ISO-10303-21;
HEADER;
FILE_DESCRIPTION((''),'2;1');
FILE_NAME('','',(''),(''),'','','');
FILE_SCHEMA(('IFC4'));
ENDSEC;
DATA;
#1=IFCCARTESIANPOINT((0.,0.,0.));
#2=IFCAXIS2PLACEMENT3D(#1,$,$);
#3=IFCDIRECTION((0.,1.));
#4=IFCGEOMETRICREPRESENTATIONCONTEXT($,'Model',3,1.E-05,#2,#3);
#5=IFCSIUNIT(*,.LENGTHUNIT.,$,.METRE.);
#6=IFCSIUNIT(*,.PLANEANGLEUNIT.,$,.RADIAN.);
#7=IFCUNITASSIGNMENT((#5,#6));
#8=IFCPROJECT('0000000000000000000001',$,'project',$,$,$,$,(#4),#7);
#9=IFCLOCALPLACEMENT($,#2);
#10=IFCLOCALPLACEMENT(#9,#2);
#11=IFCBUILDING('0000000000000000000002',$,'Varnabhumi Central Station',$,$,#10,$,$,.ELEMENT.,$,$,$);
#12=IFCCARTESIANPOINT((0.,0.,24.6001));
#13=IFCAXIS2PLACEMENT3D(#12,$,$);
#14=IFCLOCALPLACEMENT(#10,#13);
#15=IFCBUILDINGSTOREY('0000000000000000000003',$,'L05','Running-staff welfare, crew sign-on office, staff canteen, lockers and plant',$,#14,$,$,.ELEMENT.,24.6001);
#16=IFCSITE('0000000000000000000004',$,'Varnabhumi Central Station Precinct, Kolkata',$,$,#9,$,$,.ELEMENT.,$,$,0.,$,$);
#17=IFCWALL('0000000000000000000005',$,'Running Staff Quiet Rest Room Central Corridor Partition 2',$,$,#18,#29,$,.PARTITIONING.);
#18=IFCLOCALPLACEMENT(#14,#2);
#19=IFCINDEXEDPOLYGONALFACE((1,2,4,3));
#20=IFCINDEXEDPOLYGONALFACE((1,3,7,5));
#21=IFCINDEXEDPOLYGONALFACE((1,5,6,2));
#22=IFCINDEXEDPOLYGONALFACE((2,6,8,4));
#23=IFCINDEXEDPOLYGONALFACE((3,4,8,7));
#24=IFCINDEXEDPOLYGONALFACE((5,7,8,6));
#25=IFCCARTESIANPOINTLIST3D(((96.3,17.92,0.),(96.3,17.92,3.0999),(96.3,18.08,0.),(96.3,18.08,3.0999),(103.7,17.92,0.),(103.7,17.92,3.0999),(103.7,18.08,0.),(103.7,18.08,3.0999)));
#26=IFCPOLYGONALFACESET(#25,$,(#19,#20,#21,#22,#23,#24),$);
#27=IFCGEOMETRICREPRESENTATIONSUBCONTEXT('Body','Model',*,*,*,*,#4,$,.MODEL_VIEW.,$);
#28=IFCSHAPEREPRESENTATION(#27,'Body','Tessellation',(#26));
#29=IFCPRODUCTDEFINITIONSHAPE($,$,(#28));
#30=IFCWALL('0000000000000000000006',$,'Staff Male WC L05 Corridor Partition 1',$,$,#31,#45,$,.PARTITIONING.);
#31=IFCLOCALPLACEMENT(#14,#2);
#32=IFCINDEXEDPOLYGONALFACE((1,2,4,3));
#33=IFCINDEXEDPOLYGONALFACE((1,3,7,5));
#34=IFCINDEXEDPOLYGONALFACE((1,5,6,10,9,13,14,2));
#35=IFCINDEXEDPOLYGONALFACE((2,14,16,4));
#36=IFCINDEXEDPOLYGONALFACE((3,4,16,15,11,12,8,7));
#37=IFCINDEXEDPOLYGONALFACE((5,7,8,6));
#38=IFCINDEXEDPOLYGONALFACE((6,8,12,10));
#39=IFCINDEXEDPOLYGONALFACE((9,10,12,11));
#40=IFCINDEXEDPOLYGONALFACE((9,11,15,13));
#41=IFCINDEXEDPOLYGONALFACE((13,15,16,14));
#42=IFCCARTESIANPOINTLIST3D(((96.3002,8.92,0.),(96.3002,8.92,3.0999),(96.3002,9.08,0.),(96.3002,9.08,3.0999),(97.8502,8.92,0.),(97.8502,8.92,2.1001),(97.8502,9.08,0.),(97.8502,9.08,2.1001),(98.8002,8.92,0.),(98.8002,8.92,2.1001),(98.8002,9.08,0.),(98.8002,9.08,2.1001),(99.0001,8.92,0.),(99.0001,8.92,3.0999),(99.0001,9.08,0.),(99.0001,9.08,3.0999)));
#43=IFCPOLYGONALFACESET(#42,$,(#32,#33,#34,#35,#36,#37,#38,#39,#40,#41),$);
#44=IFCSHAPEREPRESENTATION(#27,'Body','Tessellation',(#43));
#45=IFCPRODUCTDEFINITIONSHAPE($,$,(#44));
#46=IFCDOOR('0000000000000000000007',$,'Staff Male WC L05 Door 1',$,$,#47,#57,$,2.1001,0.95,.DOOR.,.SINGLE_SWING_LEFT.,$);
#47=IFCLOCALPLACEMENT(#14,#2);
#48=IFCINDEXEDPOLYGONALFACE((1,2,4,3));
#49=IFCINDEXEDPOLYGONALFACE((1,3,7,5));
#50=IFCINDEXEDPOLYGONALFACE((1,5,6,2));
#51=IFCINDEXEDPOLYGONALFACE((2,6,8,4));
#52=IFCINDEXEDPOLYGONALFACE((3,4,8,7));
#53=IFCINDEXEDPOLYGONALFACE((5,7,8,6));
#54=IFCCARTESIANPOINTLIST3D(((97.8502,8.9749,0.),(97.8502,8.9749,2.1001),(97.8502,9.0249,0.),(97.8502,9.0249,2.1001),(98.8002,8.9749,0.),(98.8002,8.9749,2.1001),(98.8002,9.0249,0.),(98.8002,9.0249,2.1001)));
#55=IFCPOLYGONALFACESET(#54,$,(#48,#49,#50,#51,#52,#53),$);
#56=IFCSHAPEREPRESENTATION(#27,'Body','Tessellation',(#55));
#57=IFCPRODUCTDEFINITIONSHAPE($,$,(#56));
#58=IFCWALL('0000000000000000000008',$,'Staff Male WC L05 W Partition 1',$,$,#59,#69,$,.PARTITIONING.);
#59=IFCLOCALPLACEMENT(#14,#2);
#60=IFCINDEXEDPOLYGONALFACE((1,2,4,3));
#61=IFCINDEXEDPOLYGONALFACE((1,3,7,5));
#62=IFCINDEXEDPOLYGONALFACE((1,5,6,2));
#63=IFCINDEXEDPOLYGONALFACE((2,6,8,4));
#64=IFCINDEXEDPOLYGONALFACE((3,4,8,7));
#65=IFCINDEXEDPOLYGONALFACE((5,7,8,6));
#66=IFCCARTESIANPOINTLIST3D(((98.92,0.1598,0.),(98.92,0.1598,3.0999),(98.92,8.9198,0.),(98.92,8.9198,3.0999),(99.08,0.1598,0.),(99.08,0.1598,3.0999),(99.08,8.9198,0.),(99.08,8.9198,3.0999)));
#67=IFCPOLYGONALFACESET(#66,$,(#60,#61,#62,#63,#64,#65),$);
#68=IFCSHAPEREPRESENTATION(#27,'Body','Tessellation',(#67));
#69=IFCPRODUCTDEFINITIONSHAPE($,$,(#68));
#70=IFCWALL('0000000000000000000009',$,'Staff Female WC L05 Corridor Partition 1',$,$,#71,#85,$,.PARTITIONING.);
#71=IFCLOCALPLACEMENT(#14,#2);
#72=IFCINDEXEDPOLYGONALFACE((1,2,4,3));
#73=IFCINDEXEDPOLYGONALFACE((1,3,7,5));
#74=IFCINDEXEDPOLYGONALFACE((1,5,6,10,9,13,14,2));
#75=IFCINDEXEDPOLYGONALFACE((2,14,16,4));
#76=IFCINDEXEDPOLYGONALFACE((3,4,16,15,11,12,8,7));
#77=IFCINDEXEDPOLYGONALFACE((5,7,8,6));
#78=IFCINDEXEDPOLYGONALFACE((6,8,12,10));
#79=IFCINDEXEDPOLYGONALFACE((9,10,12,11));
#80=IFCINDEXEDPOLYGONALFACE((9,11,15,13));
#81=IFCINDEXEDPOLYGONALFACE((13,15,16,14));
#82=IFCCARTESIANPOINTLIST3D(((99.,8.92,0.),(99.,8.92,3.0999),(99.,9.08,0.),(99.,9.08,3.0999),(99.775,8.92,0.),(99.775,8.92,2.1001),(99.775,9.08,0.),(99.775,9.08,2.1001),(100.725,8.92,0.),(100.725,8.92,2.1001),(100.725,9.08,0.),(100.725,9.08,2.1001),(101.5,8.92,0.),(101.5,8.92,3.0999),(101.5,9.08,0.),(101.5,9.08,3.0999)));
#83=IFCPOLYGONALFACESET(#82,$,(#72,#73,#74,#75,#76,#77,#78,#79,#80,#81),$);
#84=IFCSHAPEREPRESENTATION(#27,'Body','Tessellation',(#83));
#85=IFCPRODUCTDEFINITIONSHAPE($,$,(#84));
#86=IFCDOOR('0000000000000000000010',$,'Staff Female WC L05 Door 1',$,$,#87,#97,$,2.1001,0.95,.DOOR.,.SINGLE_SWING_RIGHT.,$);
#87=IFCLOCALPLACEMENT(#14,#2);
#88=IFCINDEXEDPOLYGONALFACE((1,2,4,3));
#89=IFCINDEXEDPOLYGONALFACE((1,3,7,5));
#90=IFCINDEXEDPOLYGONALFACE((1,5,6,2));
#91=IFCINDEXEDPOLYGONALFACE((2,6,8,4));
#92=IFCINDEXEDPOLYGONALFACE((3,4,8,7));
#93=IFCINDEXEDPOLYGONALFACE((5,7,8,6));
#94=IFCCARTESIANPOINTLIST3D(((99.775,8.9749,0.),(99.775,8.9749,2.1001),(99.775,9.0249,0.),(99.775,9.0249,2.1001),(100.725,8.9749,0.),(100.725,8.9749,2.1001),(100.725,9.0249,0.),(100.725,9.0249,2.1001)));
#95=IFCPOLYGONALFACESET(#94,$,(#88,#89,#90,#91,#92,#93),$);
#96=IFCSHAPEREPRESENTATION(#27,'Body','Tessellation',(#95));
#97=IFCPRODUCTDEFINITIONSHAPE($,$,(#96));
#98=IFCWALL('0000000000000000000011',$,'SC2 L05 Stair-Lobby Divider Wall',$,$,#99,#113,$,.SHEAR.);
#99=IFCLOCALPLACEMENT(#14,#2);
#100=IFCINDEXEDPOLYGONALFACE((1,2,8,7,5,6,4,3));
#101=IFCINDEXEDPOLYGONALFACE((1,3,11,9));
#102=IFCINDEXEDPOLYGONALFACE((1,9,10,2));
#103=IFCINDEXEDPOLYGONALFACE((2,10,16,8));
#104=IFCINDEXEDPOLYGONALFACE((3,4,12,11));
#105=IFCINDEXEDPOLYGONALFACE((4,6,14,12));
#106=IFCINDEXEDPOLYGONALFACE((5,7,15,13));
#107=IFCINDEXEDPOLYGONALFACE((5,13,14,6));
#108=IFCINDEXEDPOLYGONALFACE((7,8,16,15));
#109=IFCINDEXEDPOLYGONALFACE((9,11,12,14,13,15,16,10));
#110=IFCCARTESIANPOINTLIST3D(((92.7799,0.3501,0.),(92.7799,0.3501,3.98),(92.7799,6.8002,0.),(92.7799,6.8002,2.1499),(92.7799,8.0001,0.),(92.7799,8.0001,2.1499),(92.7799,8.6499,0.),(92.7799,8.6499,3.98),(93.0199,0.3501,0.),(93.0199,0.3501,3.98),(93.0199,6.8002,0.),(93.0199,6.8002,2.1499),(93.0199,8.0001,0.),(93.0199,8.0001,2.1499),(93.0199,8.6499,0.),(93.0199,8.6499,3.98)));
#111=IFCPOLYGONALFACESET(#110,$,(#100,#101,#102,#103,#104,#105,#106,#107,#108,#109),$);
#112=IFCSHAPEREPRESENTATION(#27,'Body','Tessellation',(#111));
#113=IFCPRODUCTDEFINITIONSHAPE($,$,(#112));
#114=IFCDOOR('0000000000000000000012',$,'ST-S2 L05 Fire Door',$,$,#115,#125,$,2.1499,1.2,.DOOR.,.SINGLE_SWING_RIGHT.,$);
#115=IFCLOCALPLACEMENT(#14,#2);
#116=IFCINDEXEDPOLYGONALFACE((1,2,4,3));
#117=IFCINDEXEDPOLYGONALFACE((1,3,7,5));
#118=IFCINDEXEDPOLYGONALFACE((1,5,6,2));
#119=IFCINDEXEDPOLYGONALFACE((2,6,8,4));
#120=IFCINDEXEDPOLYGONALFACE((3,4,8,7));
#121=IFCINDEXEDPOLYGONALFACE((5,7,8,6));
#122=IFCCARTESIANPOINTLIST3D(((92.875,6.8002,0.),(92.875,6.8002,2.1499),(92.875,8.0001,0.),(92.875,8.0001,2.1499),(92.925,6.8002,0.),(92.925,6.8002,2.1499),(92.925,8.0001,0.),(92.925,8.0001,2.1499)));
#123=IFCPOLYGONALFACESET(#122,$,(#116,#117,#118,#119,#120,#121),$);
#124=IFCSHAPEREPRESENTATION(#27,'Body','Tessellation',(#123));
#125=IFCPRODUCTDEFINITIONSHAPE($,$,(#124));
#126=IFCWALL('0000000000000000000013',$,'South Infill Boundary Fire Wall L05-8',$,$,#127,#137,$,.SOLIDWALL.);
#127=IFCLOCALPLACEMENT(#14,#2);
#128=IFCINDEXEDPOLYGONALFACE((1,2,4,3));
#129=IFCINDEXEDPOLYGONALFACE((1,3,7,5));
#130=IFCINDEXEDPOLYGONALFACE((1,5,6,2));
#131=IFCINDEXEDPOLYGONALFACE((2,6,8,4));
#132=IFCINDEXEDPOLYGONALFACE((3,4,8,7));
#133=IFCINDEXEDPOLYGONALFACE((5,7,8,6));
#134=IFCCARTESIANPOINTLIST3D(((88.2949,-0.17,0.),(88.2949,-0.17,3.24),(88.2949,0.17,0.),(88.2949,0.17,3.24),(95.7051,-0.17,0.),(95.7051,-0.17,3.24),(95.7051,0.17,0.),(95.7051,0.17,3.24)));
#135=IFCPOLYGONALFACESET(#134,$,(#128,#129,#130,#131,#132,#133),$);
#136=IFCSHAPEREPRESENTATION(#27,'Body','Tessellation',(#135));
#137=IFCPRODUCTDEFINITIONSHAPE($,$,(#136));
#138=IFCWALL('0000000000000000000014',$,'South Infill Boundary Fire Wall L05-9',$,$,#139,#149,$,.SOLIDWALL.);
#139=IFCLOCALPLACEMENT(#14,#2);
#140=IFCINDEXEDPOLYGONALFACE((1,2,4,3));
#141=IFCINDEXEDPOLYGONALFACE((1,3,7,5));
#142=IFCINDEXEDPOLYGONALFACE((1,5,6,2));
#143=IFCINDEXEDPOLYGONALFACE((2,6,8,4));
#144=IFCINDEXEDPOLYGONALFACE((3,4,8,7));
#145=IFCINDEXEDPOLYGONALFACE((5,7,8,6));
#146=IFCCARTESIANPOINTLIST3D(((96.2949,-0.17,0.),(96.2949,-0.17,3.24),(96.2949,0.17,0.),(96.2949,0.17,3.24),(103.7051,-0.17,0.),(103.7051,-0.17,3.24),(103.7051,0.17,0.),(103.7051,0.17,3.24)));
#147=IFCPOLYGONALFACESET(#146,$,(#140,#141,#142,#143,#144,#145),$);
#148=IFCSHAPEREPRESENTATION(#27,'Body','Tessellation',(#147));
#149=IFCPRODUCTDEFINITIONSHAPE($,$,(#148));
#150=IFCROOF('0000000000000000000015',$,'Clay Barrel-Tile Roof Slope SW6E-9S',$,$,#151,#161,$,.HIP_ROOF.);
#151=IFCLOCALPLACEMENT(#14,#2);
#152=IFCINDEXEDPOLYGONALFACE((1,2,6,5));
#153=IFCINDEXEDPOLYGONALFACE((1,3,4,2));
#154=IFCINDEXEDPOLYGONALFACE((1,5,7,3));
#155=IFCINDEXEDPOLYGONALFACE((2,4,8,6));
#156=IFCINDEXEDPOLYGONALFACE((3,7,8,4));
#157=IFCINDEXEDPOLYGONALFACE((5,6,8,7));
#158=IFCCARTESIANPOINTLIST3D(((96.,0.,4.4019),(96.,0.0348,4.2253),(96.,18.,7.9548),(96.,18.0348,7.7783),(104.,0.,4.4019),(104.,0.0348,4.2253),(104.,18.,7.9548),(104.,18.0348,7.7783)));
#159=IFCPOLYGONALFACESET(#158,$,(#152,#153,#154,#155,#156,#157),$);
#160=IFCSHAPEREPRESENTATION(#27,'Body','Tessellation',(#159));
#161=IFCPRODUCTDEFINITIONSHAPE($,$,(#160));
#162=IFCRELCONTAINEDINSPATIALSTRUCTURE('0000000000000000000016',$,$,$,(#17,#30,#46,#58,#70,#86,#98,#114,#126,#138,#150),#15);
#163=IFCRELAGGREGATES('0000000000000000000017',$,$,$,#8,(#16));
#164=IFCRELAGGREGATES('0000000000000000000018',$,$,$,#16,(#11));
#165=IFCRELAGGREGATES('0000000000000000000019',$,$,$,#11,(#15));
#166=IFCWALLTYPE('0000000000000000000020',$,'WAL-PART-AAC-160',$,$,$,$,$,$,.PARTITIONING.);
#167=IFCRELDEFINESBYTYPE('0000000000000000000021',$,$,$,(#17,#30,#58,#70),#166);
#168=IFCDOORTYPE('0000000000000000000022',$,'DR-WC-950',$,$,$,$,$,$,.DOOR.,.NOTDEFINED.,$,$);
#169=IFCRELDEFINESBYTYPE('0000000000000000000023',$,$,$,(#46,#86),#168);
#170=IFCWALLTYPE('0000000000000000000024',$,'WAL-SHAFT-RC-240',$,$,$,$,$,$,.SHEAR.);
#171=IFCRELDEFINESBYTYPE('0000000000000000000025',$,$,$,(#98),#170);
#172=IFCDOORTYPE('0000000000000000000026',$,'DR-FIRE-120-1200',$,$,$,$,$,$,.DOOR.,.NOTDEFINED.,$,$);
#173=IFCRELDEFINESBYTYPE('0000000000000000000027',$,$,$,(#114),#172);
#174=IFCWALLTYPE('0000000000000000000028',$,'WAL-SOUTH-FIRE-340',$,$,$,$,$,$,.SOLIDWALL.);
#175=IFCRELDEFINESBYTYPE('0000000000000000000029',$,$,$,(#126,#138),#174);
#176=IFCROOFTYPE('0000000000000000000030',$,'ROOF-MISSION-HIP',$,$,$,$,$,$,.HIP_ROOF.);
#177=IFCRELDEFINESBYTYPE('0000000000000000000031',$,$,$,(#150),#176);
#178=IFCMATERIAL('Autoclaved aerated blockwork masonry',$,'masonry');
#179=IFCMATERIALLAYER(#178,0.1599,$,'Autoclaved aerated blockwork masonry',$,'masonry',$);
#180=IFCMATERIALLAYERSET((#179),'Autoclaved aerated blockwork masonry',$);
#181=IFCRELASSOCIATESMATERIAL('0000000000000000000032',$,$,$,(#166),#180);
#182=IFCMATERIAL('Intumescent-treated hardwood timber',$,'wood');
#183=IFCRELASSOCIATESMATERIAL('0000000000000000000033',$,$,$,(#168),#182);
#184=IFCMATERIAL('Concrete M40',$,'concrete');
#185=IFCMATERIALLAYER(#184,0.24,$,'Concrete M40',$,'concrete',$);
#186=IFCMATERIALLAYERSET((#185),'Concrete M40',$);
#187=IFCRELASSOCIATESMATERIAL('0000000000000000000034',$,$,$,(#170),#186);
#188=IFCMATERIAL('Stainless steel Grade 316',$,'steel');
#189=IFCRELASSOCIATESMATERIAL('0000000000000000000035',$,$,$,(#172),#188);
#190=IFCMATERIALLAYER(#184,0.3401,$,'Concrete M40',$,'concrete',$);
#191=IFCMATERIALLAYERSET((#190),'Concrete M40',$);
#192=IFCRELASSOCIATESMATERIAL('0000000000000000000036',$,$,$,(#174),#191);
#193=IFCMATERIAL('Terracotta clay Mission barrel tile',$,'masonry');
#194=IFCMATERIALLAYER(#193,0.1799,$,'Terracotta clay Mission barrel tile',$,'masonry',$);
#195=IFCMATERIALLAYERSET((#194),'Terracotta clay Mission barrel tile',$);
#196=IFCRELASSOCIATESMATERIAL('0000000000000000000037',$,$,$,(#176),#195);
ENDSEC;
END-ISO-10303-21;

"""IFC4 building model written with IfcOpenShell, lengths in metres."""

from ifc_helpers import new_model, si_unit, direction, frame, frame_2d, origin, place, context, subcontext, project, spatial, polyline, rectangle, outline, extrude, material, layer, layer_set, type_object, element, fill, save


model = new_model("IFC4")

# Units and contexts
model_context = context("Model", 3, precision=1e-05, world=origin(), true_north=direction((0.0, 1.0)))
body_context = subcontext(model_context, "Body", "Model", "MODEL_VIEW")
ifc_project = project(units=[si_unit("LENGTHUNIT", "METRE"), si_unit("PLANEANGLEUNIT", "RADIAN")], contexts=[model_context])

# Site, building, storey
site_placement = place(None, origin())
site = spatial("IfcSite", under=ifc_project, at=site_placement, Name="Varnabhumi Central Station Precinct, Kolkata", CompositionType="ELEMENT", RefElevation=0.0)
building_placement = place(site_placement, origin())
building = spatial("IfcBuilding", under=site, at=building_placement, Name="Varnabhumi Central Station", CompositionType="ELEMENT")
storey_placement = place(building_placement, frame((0.0, 0.0, 24.6001)))
storey = spatial("IfcBuildingStorey", under=building, at=storey_placement, Name="L05", Description="Running-staff welfare, crew sign-on office, staff canteen, lockers and plant", CompositionType="ELEMENT", Elevation=24.6001)

# Shared definitions
ifc_material_1 = material(Name="Concrete M40", Category="concrete")

# Shared definitions
ifc_material_2 = material(Name="Autoclaved aerated blockwork masonry", Category="masonry")
ifc_layer_1 = layer(ifc_material_2, 0.1599, Name="Autoclaved aerated blockwork masonry", Category="masonry")
ifc_layer_set_1 = layer_set([ifc_layer_1], Name="Autoclaved aerated blockwork masonry")
wall_type_1 = type_object("IfcWallType", Name="WAL-PART-AAC-160", PredefinedType="PARTITIONING", material=ifc_layer_set_1)
ifc_material_3 = material(Name="Intumescent-treated hardwood timber", Category="wood")

# Wall
wall_1_placement = place(storey_placement, frame((96.3, 18.0, 0.0), z_axis=(0.0, 0.0, 1.0), x_axis=(1.0, 0.0, 0.0)))
element("IfcWall", 1, at=wall_1_placement, inside=storey, type_object=wall_type_1, Name="Running Staff Quiet Rest Room Central Corridor Partition 2", PredefinedType="PARTITIONING", context=body_context, shape_type="SweptSolid", body=[
    extrude(rectangle(XDim=7.3999, YDim=0.1599, at=frame_2d((3.7, 0.0))), origin(), (0.0, 0.0, 1.0), 3.0999),
])

# Wall, opening, door
wall_2_placement = place(storey_placement, frame((96.3, 9.0, 0.0), z_axis=(0.0, 0.0, 1.0), x_axis=(1.0, 0.0, 0.0)))
wall_2 = element("IfcWall", 2, at=wall_2_placement, inside=storey, type_object=wall_type_1, Name="Staff Male WC L05 Corridor Partition 1", PredefinedType="PARTITIONING", context=body_context, shape_type="SweptSolid", body=[
    extrude(rectangle(XDim=2.7, YDim=0.1599, at=frame_2d((1.3501, 0.0))), origin(), (0.0, 0.0, 1.0), 3.0999),
])
opening_1_placement = place(wall_2_placement, frame((1.55, 0.0, 0.0)))
opening_1 = element("IfcOpeningElement", 3, at=opening_1_placement, cuts=wall_2, PredefinedType="OPENING", context=body_context, shape_type="SweptSolid", body=[
    extrude(rectangle(XDim=0.95, YDim=2.1001, at=frame_2d((0.4751, 1.05))), frame((0.0, 0.0898, 0.0), z_axis=(0.0, -1.0, 0.0), x_axis=(1.0, 0.0, 0.0)), (0.0, 0.0, 1.0), 0.1799),
])
door_type_1 = type_object("IfcDoorType", Name="DR-WC-950", OperationType="NOTDEFINED", PredefinedType="DOOR", material=ifc_material_3)
door_1_placement = place(opening_1_placement, origin())
door_1 = element("IfcDoor", 4, at=door_1_placement, inside=storey, type_object=door_type_1, Name="Staff Male WC L05 Door 1", OperationType="SINGLE_SWING_LEFT", OverallHeight=2.1001, OverallWidth=0.95, PredefinedType="DOOR", context=body_context, shape_type="SweptSolid", body=[
    extrude(rectangle(XDim=0.95, YDim=2.1001, at=frame_2d((0.4751, 1.05))), frame((0.0, 0.0249, 0.0), z_axis=(0.0, -1.0, 0.0), x_axis=(1.0, 0.0, 0.0)), (0.0, 0.0, 1.0), 0.05),
])
fill(opening_1, door_1)

# Wall
wall_3_placement = place(storey_placement, frame((99.0, 0.1599, 0.0), z_axis=(0.0, 0.0, 1.0), x_axis=(0.0, 1.0, 0.0)))
element("IfcWall", 5, at=wall_3_placement, inside=storey, type_object=wall_type_1, Name="Staff Male WC L05 W Partition 1", PredefinedType="PARTITIONING", context=body_context, shape_type="SweptSolid", body=[
    extrude(rectangle(XDim=8.76, YDim=0.1599, at=frame_2d((4.3799, 0.0))), origin(), (0.0, 0.0, 1.0), 3.0999),
])

# Walls, openings, doors
wall_4_placement = place(storey_placement, frame((99.0, 9.0, 0.0), z_axis=(0.0, 0.0, 1.0), x_axis=(1.0, 0.0, 0.0)))
wall_4 = element("IfcWall", 6, at=wall_4_placement, inside=storey, type_object=wall_type_1, Name="Staff Female WC L05 Corridor Partition 1", PredefinedType="PARTITIONING", context=body_context, shape_type="SweptSolid", body=[
    extrude(rectangle(XDim=2.5, YDim=0.1599, at=frame_2d((1.25, 0.0))), origin(), (0.0, 0.0, 1.0), 3.0999),
])
opening_2_placement = place(wall_4_placement, frame((0.7749, 0.0, 0.0)))
opening_2 = element("IfcOpeningElement", 7, at=opening_2_placement, cuts=wall_4, PredefinedType="OPENING", context=body_context, shape_type="SweptSolid", body=[
    extrude(rectangle(XDim=0.95, YDim=2.1001, at=frame_2d((0.4751, 1.05))), frame((0.0, 0.0898, 0.0), z_axis=(0.0, -1.0, 0.0), x_axis=(1.0, 0.0, 0.0)), (0.0, 0.0, 1.0), 0.1799),
])
door_2_placement = place(opening_2_placement, origin())
door_2 = element("IfcDoor", 8, at=door_2_placement, inside=storey, type_object=door_type_1, Name="Staff Female WC L05 Door 1", OperationType="SINGLE_SWING_RIGHT", OverallHeight=2.1001, OverallWidth=0.95, PredefinedType="DOOR", context=body_context, shape_type="SweptSolid", body=[
    extrude(rectangle(XDim=0.95, YDim=2.1001, at=frame_2d((0.4751, 1.05))), frame((0.0, 0.0249, 0.0), z_axis=(0.0, -1.0, 0.0), x_axis=(1.0, 0.0, 0.0)), (0.0, 0.0, 1.0), 0.05),
])
fill(opening_2, door_2)
ifc_layer_2 = layer(ifc_material_1, 0.24, Name="Concrete M40", Category="concrete")
ifc_layer_set_2 = layer_set([ifc_layer_2], Name="Concrete M40")
wall_type_2 = type_object("IfcWallType", Name="WAL-SHAFT-RC-240", PredefinedType="SHEAR", material=ifc_layer_set_2)
wall_5_placement = place(storey_placement, frame((92.8999, 0.3501, 0.0), z_axis=(0.0, 0.0, 1.0), x_axis=(0.0, 1.0, 0.0)))
wall_5 = element("IfcWall", 9, at=wall_5_placement, inside=storey, type_object=wall_type_2, Name="SC2 L05 Stair-Lobby Divider Wall", PredefinedType="SHEAR", context=body_context, shape_type="SweptSolid", body=[
    extrude(rectangle(XDim=8.2998, YDim=0.24, at=frame_2d((4.1499, 0.0))), origin(), (0.0, 0.0, 1.0), 3.98),
])
opening_3_placement = place(wall_5_placement, frame((6.45, 0.0, 0.0)))
opening_3 = element("IfcOpeningElement", 10, at=opening_3_placement, cuts=wall_5, PredefinedType="OPENING", context=body_context, shape_type="SweptSolid", body=[
    extrude(rectangle(XDim=1.2, YDim=2.1499, at=frame_2d((0.6001, 1.075))), frame((0.0, 0.1299, 0.0), z_axis=(0.0, -1.0, 0.0), x_axis=(1.0, 0.0, 0.0)), (0.0, 0.0, 1.0), 0.26),
])
ifc_material_4 = material(Name="Stainless steel Grade 316", Category="steel")
door_type_2 = type_object("IfcDoorType", Name="DR-FIRE-120-1200", OperationType="NOTDEFINED", PredefinedType="DOOR", material=ifc_material_4)
door_3_placement = place(opening_3_placement, origin())
door_3 = element("IfcDoor", 11, at=door_3_placement, inside=storey, type_object=door_type_2, Name="ST-S2 L05 Fire Door", OperationType="SINGLE_SWING_RIGHT", OverallHeight=2.1499, OverallWidth=1.2, PredefinedType="DOOR", context=body_context, shape_type="SweptSolid", body=[
    extrude(rectangle(XDim=1.2, YDim=2.1499, at=frame_2d((0.6001, 1.075))), frame((0.0, 0.0249, 0.0), z_axis=(0.0, -1.0, 0.0), x_axis=(1.0, 0.0, 0.0)), (0.0, 0.0, 1.0), 0.05),
])
fill(opening_3, door_3)

# Walls
ifc_layer_3 = layer(ifc_material_1, 0.3401, Name="Concrete M40", Category="concrete")
ifc_layer_set_3 = layer_set([ifc_layer_3], Name="Concrete M40")
wall_type_3 = type_object("IfcWallType", Name="WAL-SOUTH-FIRE-340", PredefinedType="SOLIDWALL", material=ifc_layer_set_3)
for number, where, z_axis, x_axis, name in (
    (12, (88.2949, 0.0, 0.0), (0.0, 0.0, 1.0), (1.0, 0.0, 0.0), "South Infill Boundary Fire Wall L05-8"),
    (13, (96.2949, 0.0, 0.0), (0.0, 0.0, 1.0), (1.0, 0.0, 0.0), "South Infill Boundary Fire Wall L05-9"),
):
    element("IfcWall", number, at=place(storey_placement, frame(where, z_axis=z_axis, x_axis=x_axis)), inside=storey, type_object=wall_type_3, Name=name, PredefinedType="SOLIDWALL", context=body_context, shape_type="SweptSolid", body=[
        extrude(rectangle(XDim=7.4102, YDim=0.3401, at=frame_2d((3.7051, 0.0))), origin(), (0.0, 0.0, 1.0), 3.24),
    ])

# Roof
ifc_material_5 = material(Name="Terracotta clay Mission barrel tile", Category="masonry")
ifc_layer_4 = layer(ifc_material_5, 0.1799, Name="Terracotta clay Mission barrel tile", Category="masonry")
ifc_layer_set_4 = layer_set([ifc_layer_4], Name="Terracotta clay Mission barrel tile")
roof_type = type_object("IfcRoofType", Name="ROOF-MISSION-HIP", PredefinedType="HIP_ROOF", material=ifc_layer_set_4)
roof_placement = place(storey_placement, frame((96.0, 0.0, 4.4019), z_axis=(0.0, -0.193651, 0.98107), x_axis=(1.0, 0.0, 0.0)))
element("IfcRoof", 14, at=roof_placement, inside=storey, type_object=roof_type, Name="Clay Barrel-Tile Roof Slope SW6E-9S", PredefinedType="HIP_ROOF", context=body_context, shape_type="SweptSolid", body=[
    extrude(outline(polyline([(0.0, 0.0), (8.0, 0.0), (8.0, 18.3473), (0.0, 18.3473), (0.0, 0.0)])), origin(), (0.0, 0.0, -1.0), 0.1799),
])

save(model, "model.ifc")
